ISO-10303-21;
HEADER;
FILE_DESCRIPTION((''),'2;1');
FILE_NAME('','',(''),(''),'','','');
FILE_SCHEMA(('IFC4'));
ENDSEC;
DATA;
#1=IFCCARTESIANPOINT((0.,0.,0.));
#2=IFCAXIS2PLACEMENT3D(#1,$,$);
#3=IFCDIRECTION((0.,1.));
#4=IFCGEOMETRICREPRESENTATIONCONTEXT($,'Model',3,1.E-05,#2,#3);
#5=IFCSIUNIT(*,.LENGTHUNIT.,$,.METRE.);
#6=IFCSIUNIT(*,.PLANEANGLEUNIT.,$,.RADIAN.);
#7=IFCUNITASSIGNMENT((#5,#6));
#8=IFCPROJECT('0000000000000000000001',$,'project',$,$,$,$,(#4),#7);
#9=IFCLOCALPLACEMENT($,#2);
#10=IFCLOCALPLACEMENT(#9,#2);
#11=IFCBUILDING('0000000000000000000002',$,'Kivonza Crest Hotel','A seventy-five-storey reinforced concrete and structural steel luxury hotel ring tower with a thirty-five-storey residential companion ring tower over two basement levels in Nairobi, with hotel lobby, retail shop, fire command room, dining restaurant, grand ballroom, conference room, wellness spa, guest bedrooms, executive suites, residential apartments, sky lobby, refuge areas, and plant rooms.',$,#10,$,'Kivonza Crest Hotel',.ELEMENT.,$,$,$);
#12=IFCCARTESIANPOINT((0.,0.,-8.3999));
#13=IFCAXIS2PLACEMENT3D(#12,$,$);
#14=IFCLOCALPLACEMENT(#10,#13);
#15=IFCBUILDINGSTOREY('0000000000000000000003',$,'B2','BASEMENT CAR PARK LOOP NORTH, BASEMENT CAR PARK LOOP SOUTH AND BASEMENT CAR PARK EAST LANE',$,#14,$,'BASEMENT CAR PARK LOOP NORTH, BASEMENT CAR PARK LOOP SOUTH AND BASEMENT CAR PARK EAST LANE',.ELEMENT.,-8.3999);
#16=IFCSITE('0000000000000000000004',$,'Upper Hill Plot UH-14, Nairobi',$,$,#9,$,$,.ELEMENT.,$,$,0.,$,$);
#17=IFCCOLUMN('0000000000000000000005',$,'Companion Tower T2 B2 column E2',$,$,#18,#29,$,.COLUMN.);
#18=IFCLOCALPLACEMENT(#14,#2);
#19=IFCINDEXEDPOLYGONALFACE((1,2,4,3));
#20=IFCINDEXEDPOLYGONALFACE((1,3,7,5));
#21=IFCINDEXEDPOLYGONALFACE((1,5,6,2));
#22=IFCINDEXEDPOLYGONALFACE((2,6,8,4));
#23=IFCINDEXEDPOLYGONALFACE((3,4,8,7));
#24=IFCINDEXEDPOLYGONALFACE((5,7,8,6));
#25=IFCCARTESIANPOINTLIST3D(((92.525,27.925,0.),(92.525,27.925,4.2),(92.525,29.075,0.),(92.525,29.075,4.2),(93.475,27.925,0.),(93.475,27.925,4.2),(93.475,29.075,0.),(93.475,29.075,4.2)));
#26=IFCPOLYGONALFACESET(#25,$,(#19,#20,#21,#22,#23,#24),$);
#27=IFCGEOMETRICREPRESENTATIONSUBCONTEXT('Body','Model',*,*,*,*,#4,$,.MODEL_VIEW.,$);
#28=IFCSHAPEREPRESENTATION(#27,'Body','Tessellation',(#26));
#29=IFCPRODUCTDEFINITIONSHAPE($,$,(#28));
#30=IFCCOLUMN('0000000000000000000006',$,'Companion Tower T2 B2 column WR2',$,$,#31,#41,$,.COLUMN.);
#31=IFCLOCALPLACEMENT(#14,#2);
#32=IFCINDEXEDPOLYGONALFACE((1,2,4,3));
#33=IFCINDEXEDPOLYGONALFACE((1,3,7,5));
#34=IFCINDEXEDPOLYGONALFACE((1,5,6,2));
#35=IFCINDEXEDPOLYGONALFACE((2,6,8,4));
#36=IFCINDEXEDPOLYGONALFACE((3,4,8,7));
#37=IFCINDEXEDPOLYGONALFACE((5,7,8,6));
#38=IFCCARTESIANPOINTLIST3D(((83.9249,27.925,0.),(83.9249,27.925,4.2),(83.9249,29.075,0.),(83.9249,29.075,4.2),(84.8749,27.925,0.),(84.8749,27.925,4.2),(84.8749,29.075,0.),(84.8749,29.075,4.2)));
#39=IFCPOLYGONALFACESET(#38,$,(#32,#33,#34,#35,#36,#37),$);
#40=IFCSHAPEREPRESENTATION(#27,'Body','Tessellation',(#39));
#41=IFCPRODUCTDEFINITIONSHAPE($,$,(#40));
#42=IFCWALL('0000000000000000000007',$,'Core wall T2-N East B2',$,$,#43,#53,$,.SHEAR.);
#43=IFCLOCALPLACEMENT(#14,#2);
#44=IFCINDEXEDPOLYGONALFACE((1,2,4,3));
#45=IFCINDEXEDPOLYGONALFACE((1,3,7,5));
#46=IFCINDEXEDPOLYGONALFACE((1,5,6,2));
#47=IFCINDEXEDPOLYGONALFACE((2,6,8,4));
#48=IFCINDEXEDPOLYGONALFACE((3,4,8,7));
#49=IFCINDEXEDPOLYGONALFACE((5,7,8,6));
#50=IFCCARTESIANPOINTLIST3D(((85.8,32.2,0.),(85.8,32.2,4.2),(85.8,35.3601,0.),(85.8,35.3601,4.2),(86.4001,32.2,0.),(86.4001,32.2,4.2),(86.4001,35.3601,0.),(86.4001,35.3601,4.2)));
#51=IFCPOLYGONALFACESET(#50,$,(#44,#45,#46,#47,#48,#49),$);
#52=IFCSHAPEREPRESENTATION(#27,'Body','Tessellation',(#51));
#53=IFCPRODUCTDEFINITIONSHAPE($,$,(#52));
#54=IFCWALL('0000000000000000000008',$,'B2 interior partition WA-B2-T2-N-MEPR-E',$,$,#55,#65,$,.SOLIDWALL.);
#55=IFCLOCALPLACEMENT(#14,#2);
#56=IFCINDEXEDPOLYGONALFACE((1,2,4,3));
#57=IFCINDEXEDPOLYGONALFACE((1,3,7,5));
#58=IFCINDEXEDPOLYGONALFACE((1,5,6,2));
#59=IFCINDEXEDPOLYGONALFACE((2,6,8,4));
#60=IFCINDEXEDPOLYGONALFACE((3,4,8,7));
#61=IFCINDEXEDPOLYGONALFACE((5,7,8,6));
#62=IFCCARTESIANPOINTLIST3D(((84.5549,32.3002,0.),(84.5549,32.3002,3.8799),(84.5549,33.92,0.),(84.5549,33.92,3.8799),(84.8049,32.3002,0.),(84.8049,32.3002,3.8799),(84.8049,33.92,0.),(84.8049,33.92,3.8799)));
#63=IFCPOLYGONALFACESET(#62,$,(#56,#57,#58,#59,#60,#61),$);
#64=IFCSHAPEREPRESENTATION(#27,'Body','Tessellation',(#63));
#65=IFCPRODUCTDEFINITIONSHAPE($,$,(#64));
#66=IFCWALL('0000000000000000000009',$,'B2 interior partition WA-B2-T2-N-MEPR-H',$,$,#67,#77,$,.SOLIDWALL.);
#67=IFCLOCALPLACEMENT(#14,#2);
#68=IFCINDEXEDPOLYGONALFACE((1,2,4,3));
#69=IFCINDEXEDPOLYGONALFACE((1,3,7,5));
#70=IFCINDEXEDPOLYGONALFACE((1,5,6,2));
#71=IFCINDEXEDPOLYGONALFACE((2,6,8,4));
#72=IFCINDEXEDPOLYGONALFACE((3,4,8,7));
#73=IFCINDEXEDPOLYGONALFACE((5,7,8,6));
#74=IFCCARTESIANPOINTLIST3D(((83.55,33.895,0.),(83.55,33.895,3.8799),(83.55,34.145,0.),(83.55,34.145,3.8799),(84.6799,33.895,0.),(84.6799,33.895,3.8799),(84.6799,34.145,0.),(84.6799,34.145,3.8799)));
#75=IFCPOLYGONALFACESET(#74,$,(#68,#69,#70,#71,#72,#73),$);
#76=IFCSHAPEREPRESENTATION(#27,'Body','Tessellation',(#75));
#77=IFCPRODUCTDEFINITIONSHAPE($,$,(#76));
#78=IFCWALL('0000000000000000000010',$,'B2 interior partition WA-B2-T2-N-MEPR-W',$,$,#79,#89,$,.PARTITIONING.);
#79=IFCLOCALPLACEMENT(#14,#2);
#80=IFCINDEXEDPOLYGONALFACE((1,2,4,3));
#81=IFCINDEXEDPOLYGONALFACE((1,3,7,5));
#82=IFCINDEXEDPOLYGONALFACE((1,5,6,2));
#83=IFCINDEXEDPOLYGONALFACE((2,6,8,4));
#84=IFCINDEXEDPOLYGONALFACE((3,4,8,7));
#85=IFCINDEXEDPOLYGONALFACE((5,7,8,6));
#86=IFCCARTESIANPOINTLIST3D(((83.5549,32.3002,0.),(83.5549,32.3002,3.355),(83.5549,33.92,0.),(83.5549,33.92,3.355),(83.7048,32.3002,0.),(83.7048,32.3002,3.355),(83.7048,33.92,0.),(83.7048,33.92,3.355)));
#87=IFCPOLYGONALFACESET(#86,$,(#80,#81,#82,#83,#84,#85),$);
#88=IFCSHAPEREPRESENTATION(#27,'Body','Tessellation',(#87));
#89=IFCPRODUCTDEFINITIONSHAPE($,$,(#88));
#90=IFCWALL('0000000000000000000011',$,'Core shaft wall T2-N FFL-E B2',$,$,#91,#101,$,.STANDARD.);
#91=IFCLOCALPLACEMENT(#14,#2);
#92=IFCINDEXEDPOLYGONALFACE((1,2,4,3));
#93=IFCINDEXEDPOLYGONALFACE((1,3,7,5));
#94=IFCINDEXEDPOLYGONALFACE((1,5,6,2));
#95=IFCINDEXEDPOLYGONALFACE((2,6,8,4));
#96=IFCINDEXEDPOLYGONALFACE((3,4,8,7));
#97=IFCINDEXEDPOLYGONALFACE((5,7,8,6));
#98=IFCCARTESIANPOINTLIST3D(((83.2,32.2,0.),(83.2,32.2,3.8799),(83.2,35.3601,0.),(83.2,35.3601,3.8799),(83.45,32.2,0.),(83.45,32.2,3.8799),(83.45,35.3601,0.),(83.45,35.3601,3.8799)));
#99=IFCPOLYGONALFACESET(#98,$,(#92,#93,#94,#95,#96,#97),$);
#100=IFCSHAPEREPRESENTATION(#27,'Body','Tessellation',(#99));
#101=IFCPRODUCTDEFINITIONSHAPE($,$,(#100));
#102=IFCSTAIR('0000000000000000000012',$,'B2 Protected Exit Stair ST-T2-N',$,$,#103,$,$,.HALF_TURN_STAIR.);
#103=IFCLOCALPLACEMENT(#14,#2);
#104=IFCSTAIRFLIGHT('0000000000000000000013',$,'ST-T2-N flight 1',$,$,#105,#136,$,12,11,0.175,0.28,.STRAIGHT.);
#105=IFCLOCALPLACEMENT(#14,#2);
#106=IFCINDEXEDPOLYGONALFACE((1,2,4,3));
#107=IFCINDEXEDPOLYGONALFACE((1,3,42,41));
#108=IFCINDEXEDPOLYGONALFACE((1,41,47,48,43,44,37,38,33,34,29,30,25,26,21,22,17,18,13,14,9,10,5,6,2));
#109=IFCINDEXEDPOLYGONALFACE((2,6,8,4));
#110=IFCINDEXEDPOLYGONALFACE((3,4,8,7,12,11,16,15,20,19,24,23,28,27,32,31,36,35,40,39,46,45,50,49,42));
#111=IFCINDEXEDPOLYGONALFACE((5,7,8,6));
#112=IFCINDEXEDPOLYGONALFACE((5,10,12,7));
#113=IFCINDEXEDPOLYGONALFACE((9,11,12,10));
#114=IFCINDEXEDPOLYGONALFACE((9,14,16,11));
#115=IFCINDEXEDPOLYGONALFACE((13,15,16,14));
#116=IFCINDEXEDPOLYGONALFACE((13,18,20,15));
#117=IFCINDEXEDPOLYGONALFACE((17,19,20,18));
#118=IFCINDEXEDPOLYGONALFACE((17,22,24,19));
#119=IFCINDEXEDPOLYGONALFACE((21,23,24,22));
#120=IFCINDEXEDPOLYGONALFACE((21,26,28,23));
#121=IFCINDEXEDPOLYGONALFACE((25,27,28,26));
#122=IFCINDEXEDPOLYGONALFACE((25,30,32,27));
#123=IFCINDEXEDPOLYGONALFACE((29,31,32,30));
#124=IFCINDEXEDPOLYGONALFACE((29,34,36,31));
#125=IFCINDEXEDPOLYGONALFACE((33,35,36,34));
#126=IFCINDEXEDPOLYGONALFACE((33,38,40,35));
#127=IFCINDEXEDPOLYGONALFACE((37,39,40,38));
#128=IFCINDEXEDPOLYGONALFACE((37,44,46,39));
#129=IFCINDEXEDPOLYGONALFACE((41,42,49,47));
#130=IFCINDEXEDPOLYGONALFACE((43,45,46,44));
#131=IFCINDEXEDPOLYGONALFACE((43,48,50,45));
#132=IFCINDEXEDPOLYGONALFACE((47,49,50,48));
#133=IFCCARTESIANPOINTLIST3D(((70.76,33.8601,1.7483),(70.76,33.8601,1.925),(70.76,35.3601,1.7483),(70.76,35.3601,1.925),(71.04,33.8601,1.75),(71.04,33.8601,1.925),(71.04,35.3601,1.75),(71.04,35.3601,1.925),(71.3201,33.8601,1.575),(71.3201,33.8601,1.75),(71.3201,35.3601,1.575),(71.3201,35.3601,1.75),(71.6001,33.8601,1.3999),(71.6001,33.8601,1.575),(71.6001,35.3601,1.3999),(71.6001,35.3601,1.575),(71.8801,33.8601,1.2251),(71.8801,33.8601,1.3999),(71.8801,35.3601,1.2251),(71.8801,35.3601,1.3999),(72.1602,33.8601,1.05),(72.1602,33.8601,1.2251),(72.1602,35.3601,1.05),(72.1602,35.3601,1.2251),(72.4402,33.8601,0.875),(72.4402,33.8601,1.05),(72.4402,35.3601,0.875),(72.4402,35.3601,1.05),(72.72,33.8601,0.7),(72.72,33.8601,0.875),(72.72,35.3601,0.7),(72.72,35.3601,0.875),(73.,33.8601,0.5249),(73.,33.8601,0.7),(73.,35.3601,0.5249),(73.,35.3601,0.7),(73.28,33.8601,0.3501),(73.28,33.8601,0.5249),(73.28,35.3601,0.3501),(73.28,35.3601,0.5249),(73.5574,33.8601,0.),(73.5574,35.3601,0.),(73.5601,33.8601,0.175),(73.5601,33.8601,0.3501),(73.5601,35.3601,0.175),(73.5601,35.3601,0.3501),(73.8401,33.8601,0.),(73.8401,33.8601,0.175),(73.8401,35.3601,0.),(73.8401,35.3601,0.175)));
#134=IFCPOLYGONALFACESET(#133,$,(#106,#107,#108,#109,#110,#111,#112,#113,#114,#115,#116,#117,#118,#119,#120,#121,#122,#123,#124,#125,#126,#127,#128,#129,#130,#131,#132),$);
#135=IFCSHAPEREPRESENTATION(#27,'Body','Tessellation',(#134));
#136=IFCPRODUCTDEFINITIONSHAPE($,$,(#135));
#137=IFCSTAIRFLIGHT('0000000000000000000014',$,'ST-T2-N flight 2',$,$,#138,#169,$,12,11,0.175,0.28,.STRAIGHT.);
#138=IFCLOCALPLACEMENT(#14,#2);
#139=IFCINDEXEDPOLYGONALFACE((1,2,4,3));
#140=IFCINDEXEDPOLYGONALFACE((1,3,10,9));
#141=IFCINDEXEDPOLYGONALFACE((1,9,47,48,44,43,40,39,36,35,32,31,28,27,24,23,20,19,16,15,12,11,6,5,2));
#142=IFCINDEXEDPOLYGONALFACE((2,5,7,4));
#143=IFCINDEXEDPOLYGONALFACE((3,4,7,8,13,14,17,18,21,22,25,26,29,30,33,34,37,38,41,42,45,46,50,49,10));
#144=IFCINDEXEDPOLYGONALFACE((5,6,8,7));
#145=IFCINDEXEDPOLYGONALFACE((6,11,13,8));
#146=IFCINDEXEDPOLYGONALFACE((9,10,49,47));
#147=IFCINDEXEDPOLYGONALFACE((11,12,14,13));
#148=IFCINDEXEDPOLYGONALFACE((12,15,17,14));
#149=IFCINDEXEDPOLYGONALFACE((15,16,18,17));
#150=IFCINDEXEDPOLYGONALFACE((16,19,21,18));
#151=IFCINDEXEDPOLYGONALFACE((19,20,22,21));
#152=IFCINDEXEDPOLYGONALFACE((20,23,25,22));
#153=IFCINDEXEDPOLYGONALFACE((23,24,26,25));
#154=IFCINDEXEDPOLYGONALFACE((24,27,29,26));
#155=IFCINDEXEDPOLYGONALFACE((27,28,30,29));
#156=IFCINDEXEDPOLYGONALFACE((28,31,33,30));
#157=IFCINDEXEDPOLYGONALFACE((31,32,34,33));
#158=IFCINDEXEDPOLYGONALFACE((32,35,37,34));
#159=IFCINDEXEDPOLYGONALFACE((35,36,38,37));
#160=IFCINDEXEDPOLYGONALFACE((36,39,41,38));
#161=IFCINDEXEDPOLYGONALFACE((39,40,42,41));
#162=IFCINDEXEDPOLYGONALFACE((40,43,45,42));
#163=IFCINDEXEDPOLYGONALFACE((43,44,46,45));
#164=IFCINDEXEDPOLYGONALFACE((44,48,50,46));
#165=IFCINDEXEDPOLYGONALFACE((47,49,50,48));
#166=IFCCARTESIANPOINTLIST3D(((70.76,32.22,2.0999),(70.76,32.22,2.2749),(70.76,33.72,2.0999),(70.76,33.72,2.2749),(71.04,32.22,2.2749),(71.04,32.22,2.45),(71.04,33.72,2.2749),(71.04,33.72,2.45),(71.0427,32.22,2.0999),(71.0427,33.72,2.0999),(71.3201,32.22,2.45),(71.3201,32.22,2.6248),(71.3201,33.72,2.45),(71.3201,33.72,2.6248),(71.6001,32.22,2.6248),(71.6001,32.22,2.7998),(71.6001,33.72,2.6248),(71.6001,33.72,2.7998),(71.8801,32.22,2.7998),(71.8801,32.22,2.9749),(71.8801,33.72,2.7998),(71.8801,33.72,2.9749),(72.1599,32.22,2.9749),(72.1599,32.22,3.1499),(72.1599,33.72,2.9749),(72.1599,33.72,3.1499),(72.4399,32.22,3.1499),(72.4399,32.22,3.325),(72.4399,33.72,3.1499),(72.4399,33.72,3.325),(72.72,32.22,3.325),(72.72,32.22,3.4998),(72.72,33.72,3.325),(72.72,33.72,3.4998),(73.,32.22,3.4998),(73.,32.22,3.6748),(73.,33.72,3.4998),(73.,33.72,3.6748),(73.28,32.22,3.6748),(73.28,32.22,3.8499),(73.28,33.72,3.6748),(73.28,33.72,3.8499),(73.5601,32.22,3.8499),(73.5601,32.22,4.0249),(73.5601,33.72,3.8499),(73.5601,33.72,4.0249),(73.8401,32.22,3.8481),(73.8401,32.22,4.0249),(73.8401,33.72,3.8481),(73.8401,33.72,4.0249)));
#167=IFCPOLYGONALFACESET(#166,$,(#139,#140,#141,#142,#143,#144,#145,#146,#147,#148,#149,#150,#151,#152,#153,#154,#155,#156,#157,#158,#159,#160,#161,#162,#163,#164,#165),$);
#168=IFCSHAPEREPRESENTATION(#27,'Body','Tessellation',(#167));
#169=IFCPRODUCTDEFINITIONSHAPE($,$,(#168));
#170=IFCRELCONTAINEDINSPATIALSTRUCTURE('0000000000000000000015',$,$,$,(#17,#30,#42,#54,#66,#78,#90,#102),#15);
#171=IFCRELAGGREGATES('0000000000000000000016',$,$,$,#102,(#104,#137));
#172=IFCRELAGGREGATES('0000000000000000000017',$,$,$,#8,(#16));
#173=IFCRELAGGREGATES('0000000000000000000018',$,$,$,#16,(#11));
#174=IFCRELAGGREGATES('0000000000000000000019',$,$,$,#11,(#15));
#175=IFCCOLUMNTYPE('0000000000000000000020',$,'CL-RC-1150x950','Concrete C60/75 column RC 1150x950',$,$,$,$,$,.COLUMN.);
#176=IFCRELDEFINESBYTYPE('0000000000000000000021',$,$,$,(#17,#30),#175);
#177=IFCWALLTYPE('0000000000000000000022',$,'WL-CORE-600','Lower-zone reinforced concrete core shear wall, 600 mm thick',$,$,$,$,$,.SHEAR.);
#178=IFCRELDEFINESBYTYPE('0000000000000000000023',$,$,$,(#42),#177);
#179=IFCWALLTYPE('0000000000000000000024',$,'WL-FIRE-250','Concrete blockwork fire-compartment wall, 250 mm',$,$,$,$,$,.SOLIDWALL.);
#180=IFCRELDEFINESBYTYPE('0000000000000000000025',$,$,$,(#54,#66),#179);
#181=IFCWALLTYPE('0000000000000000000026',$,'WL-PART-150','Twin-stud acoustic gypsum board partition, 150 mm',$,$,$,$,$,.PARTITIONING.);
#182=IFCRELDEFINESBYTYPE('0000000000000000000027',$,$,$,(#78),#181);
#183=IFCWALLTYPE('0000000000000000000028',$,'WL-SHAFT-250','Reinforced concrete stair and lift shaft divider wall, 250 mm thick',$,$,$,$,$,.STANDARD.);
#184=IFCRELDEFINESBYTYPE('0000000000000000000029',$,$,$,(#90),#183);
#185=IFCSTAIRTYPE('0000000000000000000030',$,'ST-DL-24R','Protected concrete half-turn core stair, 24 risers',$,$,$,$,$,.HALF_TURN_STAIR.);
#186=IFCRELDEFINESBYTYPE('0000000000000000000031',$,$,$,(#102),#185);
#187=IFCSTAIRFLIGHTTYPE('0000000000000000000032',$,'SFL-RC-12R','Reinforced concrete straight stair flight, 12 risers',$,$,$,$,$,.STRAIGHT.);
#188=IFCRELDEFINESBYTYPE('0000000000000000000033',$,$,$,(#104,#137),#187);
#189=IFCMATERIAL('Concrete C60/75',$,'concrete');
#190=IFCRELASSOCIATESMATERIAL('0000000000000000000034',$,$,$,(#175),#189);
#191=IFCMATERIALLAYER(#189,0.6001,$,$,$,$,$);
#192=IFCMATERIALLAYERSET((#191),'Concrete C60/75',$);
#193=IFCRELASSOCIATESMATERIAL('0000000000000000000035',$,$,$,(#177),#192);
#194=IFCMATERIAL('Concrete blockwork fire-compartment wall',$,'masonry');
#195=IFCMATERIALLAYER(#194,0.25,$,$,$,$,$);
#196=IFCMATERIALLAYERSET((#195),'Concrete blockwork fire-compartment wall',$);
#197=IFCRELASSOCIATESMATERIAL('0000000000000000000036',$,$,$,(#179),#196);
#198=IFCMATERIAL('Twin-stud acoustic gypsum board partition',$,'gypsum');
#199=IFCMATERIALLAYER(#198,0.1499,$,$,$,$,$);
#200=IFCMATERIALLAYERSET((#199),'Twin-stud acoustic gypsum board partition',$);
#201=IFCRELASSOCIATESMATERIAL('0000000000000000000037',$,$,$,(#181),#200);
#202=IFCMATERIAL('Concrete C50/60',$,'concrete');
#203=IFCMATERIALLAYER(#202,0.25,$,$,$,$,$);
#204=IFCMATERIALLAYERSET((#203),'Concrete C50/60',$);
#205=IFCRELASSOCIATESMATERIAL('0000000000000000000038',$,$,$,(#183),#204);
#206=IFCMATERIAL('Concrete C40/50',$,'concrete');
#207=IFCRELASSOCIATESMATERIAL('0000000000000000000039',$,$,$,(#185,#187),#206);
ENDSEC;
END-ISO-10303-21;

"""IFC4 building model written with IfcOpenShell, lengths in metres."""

from ifc_helpers import new_model, si_unit, direction, frame, frame_2d, origin, origin_2d, place, context, subcontext, project, spatial, polyline, rectangle, outline, extrude, material, layer, layer_set, material_profile, profile_set, type_object, element, aggregate, save


model = new_model("IFC4")

# Units and contexts
model_context = context("Model", 3, precision=1e-05, world=origin(), true_north=direction((0.0, 1.0)))
body_context = subcontext(model_context, "Body", "Model", "MODEL_VIEW")
ifc_project = project(units=[si_unit("LENGTHUNIT", "METRE"), si_unit("PLANEANGLEUNIT", "RADIAN")], contexts=[model_context])

# Site, building, storey
site_placement = place(None, origin())
site = spatial("IfcSite", under=ifc_project, at=site_placement, Name="Upper Hill Plot UH-14, Nairobi", CompositionType="ELEMENT", RefElevation=0.0)
building_placement = place(site_placement, origin())
building = spatial("IfcBuilding", under=site, at=building_placement, Name="Kivonza Crest Hotel", Description="A seventy-five-storey reinforced concrete and structural steel luxury hotel ring tower with a thirty-five-storey residential companion ring tower over two basement levels in Nairobi, with hotel lobby, retail shop, fire command room, dining restaurant, grand ballroom, conference room, wellness spa, guest bedrooms, executive suites, residential apartments, sky lobby, refuge areas, and plant rooms.", LongName="Kivonza Crest Hotel", CompositionType="ELEMENT")
storey_placement = place(building_placement, frame((0.0, 0.0, -8.3999)))
storey = spatial("IfcBuildingStorey", under=building, at=storey_placement, Name="B2", Description="BASEMENT CAR PARK LOOP NORTH, BASEMENT CAR PARK LOOP SOUTH AND BASEMENT CAR PARK EAST LANE", LongName="BASEMENT CAR PARK LOOP NORTH, BASEMENT CAR PARK LOOP SOUTH AND BASEMENT CAR PARK EAST LANE", CompositionType="ELEMENT", Elevation=-8.3999)

# Shared definitions
ifc_material_1 = material(Name="Concrete C40/50", Category="concrete")

# Columns
ifc_material_2 = material(Name="Concrete C60/75", Category="concrete")
ifc_material_profile_1 = material_profile(ifc_material_2, rectangle(XDim=0.95, YDim=1.1499, at=origin_2d()), Name="RC 1150x950")
ifc_profile_set_1 = profile_set([ifc_material_profile_1], Name="Concrete C60/75")
column_type = type_object("IfcColumnType", Name="CL-RC-1150x950", Description="Concrete C60/75 column RC 1150x950", PredefinedType="COLUMN", material=ifc_profile_set_1)
for number, where, z_axis, x_axis, name in (
    (1, (93.0, 28.5, 0.0), (0.0, 0.0, 1.0), (1.0, 0.0, 0.0), "Companion Tower T2 B2 column E2"),
    (2, (84.3999, 28.5, 0.0), (0.0, 0.0, 1.0), (1.0, 0.0, 0.0), "Companion Tower T2 B2 column WR2"),
):
    element("IfcColumn", number, at=place(storey_placement, frame(where, z_axis=z_axis, x_axis=x_axis)), inside=storey, type_object=column_type, Name=name, PredefinedType="COLUMN", context=body_context, shape_type="SweptSolid", body=[
        extrude(rectangle(XDim=0.95, YDim=1.1499, at=origin_2d()), origin(), (0.0, 0.0, 1.0), 4.2),
    ])

# Walls
ifc_layer_1 = layer(ifc_material_2, 0.6001)
ifc_layer_set_1 = layer_set([ifc_layer_1], Name="Concrete C60/75")
wall_type_1 = type_object("IfcWallType", Name="WL-CORE-600", Description="Lower-zone reinforced concrete core shear wall, 600 mm thick", PredefinedType="SHEAR", material=ifc_layer_set_1)
wall_1_placement = place(storey_placement, frame((86.1001, 32.2, 0.0), z_axis=(0.0, 0.0, 1.0), x_axis=(0.0, 1.0, 0.0)))
element("IfcWall", 3, at=wall_1_placement, inside=storey, type_object=wall_type_1, Name="Core wall T2-N East B2", PredefinedType="SHEAR", context=body_context, shape_type="SweptSolid", body=[
    extrude(rectangle(XDim=3.1602, YDim=0.6001, at=frame_2d((1.5801, 0.0))), origin(), (0.0, 0.0, 1.0), 4.2),
])
ifc_material_3 = material(Name="Concrete blockwork fire-compartment wall", Category="masonry")
ifc_layer_2 = layer(ifc_material_3, 0.25)
ifc_layer_set_2 = layer_set([ifc_layer_2], Name="Concrete blockwork fire-compartment wall")
wall_type_2 = type_object("IfcWallType", Name="WL-FIRE-250", Description="Concrete blockwork fire-compartment wall, 250 mm", PredefinedType="SOLIDWALL", material=ifc_layer_set_2)
wall_2_placement = place(storey_placement, frame((84.6799, 32.3, 0.0), z_axis=(0.0, 0.0, 1.0), x_axis=(0.0, 1.0, 0.0)))
element("IfcWall", 4, at=wall_2_placement, inside=storey, type_object=wall_type_2, Name="B2 interior partition WA-B2-T2-N-MEPR-E", PredefinedType="SOLIDWALL", context=body_context, shape_type="SweptSolid", body=[
    extrude(rectangle(XDim=1.6199, YDim=0.25, at=frame_2d((0.8101, 0.0))), origin(), (0.0, 0.0, 1.0), 3.8799),
])
wall_3_placement = place(storey_placement, frame((83.55, 34.02, 0.0), z_axis=(0.0, 0.0, 1.0), x_axis=(1.0, 0.0, 0.0)))
element("IfcWall", 5, at=wall_3_placement, inside=storey, type_object=wall_type_2, Name="B2 interior partition WA-B2-T2-N-MEPR-H", PredefinedType="SOLIDWALL", context=body_context, shape_type="SweptSolid", body=[
    extrude(rectangle(XDim=1.1299, YDim=0.25, at=frame_2d((0.5649, 0.0))), origin(), (0.0, 0.0, 1.0), 3.8799),
])
ifc_material_4 = material(Name="Twin-stud acoustic gypsum board partition", Category="gypsum")
ifc_layer_3 = layer(ifc_material_4, 0.1499)
ifc_layer_set_3 = layer_set([ifc_layer_3], Name="Twin-stud acoustic gypsum board partition")
wall_type_3 = type_object("IfcWallType", Name="WL-PART-150", Description="Twin-stud acoustic gypsum board partition, 150 mm", PredefinedType="PARTITIONING", material=ifc_layer_set_3)
wall_4_placement = place(storey_placement, frame((83.6299, 32.3, 0.0), z_axis=(0.0, 0.0, 1.0), x_axis=(0.0, 1.0, 0.0)))
element("IfcWall", 6, at=wall_4_placement, inside=storey, type_object=wall_type_3, Name="B2 interior partition WA-B2-T2-N-MEPR-W", PredefinedType="PARTITIONING", context=body_context, shape_type="SweptSolid", body=[
    extrude(rectangle(XDim=1.6199, YDim=0.1499, at=frame_2d((0.8101, 0.0))), origin(), (0.0, 0.0, 1.0), 3.355),
])

# Shared definitions
ifc_material_5 = material(Name="Concrete C50/60", Category="concrete")
ifc_layer_4 = layer(ifc_material_5, 0.25)
ifc_layer_set_4 = layer_set([ifc_layer_4], Name="Concrete C50/60")
wall_type_4 = type_object("IfcWallType", Name="WL-SHAFT-250", Description="Reinforced concrete stair and lift shaft divider wall, 250 mm thick", PredefinedType="STANDARD", material=ifc_layer_set_4)

# Wall
wall_5_placement = place(storey_placement, frame((83.325, 32.2, 0.0), z_axis=(0.0, 0.0, 1.0), x_axis=(0.0, 1.0, 0.0)))
element("IfcWall", 7, at=wall_5_placement, inside=storey, type_object=wall_type_4, Name="Core shaft wall T2-N FFL-E B2", PredefinedType="STANDARD", context=body_context, shape_type="SweptSolid", body=[
    extrude(rectangle(XDim=3.1602, YDim=0.25, at=frame_2d((1.5801, 0.0))), origin(), (0.0, 0.0, 1.0), 3.8799),
])

# Stair, stair flights
stair_type = type_object("IfcStairType", Name="ST-DL-24R", Description="Protected concrete half-turn core stair, 24 risers", PredefinedType="HALF_TURN_STAIR", material=ifc_material_1)
stair_placement = place(storey_placement, origin())
stair = element("IfcStair", 8, at=stair_placement, inside=storey, type_object=stair_type, Name="B2 Protected Exit Stair ST-T2-N", PredefinedType="HALF_TURN_STAIR")
stair_flight_type = type_object("IfcStairFlightType", Name="SFL-RC-12R", Description="Reinforced concrete straight stair flight, 12 risers", PredefinedType="STRAIGHT", material=ifc_material_1)
stair_flight_1_placement = place(storey_placement, frame((73.8401, 34.6101, 0.0), z_axis=(0.0, 0.0, 1.0), x_axis=(-1.0, 0.0, 0.0)))
stair_flight_1 = element("IfcStairFlight", 9, at=stair_flight_1_placement, type_object=stair_flight_type, Name="ST-T2-N flight 1", NumberOfRisers=12, NumberOfTreads=11, PredefinedType="STRAIGHT", RiserHeight=0.175, TreadLength=0.28, context=body_context, shape_type="SweptSolid", body=[
    extrude(outline(polyline([(0.0, 0.0), (0.0, 0.175), (0.28, 0.175), (0.28, 0.3501), (0.5601, 0.3501), (0.5601, 0.5249), (0.8401, 0.5249), (0.8401, 0.7), (1.1201, 0.7), (1.1201, 0.875), (1.3999, 0.875), (1.3999, 1.05), (1.6799, 1.05), (1.6799, 1.2251), (1.96, 1.2251), (1.96, 1.3999), (2.24, 1.3999), (2.24, 1.575), (2.52, 1.575), (2.52, 1.75), (2.8, 1.75), (2.8, 1.925), (3.0801, 1.925), (3.0801, 2.1001), (3.0801, 1.7483), (0.2827, 0.0), (0.0, 0.0)])), frame((0.0, 0.75, 0.0), z_axis=(0.0, -1.0, 0.0), x_axis=(1.0, 0.0, 0.0)), (0.0, 0.0, 1.0), 1.5),
])
stair_flight_2_placement = place(storey_placement, frame((70.76, 32.97, 2.0999), z_axis=(0.0, 0.0, 1.0), x_axis=(1.0, 0.0, 0.0)))
stair_flight_2 = element("IfcStairFlight", 10, at=stair_flight_2_placement, type_object=stair_flight_type, Name="ST-T2-N flight 2", NumberOfRisers=12, NumberOfTreads=11, PredefinedType="STRAIGHT", RiserHeight=0.175, TreadLength=0.28, context=body_context, shape_type="SweptSolid", body=[
    extrude(outline(polyline([(0.0, 0.0), (0.0, 0.175), (0.28, 0.175), (0.28, 0.3501), (0.5601, 0.3501), (0.5601, 0.5249), (0.8401, 0.5249), (0.8401, 0.7), (1.1201, 0.7), (1.1201, 0.875), (1.3999, 0.875), (1.3999, 1.05), (1.6799, 1.05), (1.6799, 1.2251), (1.96, 1.2251), (1.96, 1.3999), (2.24, 1.3999), (2.24, 1.575), (2.52, 1.575), (2.52, 1.75), (2.8, 1.75), (2.8, 1.925), (3.0801, 1.925), (3.0801, 2.1001), (3.0801, 1.7483), (0.2827, 0.0), (0.0, 0.0)])), frame((0.0, 0.75, 0.0), z_axis=(0.0, -1.0, 0.0), x_axis=(1.0, 0.0, 0.0)), (0.0, 0.0, 1.0), 1.5),
])
aggregate(stair, [stair_flight_1, stair_flight_2])

save(model, "model.ifc")
